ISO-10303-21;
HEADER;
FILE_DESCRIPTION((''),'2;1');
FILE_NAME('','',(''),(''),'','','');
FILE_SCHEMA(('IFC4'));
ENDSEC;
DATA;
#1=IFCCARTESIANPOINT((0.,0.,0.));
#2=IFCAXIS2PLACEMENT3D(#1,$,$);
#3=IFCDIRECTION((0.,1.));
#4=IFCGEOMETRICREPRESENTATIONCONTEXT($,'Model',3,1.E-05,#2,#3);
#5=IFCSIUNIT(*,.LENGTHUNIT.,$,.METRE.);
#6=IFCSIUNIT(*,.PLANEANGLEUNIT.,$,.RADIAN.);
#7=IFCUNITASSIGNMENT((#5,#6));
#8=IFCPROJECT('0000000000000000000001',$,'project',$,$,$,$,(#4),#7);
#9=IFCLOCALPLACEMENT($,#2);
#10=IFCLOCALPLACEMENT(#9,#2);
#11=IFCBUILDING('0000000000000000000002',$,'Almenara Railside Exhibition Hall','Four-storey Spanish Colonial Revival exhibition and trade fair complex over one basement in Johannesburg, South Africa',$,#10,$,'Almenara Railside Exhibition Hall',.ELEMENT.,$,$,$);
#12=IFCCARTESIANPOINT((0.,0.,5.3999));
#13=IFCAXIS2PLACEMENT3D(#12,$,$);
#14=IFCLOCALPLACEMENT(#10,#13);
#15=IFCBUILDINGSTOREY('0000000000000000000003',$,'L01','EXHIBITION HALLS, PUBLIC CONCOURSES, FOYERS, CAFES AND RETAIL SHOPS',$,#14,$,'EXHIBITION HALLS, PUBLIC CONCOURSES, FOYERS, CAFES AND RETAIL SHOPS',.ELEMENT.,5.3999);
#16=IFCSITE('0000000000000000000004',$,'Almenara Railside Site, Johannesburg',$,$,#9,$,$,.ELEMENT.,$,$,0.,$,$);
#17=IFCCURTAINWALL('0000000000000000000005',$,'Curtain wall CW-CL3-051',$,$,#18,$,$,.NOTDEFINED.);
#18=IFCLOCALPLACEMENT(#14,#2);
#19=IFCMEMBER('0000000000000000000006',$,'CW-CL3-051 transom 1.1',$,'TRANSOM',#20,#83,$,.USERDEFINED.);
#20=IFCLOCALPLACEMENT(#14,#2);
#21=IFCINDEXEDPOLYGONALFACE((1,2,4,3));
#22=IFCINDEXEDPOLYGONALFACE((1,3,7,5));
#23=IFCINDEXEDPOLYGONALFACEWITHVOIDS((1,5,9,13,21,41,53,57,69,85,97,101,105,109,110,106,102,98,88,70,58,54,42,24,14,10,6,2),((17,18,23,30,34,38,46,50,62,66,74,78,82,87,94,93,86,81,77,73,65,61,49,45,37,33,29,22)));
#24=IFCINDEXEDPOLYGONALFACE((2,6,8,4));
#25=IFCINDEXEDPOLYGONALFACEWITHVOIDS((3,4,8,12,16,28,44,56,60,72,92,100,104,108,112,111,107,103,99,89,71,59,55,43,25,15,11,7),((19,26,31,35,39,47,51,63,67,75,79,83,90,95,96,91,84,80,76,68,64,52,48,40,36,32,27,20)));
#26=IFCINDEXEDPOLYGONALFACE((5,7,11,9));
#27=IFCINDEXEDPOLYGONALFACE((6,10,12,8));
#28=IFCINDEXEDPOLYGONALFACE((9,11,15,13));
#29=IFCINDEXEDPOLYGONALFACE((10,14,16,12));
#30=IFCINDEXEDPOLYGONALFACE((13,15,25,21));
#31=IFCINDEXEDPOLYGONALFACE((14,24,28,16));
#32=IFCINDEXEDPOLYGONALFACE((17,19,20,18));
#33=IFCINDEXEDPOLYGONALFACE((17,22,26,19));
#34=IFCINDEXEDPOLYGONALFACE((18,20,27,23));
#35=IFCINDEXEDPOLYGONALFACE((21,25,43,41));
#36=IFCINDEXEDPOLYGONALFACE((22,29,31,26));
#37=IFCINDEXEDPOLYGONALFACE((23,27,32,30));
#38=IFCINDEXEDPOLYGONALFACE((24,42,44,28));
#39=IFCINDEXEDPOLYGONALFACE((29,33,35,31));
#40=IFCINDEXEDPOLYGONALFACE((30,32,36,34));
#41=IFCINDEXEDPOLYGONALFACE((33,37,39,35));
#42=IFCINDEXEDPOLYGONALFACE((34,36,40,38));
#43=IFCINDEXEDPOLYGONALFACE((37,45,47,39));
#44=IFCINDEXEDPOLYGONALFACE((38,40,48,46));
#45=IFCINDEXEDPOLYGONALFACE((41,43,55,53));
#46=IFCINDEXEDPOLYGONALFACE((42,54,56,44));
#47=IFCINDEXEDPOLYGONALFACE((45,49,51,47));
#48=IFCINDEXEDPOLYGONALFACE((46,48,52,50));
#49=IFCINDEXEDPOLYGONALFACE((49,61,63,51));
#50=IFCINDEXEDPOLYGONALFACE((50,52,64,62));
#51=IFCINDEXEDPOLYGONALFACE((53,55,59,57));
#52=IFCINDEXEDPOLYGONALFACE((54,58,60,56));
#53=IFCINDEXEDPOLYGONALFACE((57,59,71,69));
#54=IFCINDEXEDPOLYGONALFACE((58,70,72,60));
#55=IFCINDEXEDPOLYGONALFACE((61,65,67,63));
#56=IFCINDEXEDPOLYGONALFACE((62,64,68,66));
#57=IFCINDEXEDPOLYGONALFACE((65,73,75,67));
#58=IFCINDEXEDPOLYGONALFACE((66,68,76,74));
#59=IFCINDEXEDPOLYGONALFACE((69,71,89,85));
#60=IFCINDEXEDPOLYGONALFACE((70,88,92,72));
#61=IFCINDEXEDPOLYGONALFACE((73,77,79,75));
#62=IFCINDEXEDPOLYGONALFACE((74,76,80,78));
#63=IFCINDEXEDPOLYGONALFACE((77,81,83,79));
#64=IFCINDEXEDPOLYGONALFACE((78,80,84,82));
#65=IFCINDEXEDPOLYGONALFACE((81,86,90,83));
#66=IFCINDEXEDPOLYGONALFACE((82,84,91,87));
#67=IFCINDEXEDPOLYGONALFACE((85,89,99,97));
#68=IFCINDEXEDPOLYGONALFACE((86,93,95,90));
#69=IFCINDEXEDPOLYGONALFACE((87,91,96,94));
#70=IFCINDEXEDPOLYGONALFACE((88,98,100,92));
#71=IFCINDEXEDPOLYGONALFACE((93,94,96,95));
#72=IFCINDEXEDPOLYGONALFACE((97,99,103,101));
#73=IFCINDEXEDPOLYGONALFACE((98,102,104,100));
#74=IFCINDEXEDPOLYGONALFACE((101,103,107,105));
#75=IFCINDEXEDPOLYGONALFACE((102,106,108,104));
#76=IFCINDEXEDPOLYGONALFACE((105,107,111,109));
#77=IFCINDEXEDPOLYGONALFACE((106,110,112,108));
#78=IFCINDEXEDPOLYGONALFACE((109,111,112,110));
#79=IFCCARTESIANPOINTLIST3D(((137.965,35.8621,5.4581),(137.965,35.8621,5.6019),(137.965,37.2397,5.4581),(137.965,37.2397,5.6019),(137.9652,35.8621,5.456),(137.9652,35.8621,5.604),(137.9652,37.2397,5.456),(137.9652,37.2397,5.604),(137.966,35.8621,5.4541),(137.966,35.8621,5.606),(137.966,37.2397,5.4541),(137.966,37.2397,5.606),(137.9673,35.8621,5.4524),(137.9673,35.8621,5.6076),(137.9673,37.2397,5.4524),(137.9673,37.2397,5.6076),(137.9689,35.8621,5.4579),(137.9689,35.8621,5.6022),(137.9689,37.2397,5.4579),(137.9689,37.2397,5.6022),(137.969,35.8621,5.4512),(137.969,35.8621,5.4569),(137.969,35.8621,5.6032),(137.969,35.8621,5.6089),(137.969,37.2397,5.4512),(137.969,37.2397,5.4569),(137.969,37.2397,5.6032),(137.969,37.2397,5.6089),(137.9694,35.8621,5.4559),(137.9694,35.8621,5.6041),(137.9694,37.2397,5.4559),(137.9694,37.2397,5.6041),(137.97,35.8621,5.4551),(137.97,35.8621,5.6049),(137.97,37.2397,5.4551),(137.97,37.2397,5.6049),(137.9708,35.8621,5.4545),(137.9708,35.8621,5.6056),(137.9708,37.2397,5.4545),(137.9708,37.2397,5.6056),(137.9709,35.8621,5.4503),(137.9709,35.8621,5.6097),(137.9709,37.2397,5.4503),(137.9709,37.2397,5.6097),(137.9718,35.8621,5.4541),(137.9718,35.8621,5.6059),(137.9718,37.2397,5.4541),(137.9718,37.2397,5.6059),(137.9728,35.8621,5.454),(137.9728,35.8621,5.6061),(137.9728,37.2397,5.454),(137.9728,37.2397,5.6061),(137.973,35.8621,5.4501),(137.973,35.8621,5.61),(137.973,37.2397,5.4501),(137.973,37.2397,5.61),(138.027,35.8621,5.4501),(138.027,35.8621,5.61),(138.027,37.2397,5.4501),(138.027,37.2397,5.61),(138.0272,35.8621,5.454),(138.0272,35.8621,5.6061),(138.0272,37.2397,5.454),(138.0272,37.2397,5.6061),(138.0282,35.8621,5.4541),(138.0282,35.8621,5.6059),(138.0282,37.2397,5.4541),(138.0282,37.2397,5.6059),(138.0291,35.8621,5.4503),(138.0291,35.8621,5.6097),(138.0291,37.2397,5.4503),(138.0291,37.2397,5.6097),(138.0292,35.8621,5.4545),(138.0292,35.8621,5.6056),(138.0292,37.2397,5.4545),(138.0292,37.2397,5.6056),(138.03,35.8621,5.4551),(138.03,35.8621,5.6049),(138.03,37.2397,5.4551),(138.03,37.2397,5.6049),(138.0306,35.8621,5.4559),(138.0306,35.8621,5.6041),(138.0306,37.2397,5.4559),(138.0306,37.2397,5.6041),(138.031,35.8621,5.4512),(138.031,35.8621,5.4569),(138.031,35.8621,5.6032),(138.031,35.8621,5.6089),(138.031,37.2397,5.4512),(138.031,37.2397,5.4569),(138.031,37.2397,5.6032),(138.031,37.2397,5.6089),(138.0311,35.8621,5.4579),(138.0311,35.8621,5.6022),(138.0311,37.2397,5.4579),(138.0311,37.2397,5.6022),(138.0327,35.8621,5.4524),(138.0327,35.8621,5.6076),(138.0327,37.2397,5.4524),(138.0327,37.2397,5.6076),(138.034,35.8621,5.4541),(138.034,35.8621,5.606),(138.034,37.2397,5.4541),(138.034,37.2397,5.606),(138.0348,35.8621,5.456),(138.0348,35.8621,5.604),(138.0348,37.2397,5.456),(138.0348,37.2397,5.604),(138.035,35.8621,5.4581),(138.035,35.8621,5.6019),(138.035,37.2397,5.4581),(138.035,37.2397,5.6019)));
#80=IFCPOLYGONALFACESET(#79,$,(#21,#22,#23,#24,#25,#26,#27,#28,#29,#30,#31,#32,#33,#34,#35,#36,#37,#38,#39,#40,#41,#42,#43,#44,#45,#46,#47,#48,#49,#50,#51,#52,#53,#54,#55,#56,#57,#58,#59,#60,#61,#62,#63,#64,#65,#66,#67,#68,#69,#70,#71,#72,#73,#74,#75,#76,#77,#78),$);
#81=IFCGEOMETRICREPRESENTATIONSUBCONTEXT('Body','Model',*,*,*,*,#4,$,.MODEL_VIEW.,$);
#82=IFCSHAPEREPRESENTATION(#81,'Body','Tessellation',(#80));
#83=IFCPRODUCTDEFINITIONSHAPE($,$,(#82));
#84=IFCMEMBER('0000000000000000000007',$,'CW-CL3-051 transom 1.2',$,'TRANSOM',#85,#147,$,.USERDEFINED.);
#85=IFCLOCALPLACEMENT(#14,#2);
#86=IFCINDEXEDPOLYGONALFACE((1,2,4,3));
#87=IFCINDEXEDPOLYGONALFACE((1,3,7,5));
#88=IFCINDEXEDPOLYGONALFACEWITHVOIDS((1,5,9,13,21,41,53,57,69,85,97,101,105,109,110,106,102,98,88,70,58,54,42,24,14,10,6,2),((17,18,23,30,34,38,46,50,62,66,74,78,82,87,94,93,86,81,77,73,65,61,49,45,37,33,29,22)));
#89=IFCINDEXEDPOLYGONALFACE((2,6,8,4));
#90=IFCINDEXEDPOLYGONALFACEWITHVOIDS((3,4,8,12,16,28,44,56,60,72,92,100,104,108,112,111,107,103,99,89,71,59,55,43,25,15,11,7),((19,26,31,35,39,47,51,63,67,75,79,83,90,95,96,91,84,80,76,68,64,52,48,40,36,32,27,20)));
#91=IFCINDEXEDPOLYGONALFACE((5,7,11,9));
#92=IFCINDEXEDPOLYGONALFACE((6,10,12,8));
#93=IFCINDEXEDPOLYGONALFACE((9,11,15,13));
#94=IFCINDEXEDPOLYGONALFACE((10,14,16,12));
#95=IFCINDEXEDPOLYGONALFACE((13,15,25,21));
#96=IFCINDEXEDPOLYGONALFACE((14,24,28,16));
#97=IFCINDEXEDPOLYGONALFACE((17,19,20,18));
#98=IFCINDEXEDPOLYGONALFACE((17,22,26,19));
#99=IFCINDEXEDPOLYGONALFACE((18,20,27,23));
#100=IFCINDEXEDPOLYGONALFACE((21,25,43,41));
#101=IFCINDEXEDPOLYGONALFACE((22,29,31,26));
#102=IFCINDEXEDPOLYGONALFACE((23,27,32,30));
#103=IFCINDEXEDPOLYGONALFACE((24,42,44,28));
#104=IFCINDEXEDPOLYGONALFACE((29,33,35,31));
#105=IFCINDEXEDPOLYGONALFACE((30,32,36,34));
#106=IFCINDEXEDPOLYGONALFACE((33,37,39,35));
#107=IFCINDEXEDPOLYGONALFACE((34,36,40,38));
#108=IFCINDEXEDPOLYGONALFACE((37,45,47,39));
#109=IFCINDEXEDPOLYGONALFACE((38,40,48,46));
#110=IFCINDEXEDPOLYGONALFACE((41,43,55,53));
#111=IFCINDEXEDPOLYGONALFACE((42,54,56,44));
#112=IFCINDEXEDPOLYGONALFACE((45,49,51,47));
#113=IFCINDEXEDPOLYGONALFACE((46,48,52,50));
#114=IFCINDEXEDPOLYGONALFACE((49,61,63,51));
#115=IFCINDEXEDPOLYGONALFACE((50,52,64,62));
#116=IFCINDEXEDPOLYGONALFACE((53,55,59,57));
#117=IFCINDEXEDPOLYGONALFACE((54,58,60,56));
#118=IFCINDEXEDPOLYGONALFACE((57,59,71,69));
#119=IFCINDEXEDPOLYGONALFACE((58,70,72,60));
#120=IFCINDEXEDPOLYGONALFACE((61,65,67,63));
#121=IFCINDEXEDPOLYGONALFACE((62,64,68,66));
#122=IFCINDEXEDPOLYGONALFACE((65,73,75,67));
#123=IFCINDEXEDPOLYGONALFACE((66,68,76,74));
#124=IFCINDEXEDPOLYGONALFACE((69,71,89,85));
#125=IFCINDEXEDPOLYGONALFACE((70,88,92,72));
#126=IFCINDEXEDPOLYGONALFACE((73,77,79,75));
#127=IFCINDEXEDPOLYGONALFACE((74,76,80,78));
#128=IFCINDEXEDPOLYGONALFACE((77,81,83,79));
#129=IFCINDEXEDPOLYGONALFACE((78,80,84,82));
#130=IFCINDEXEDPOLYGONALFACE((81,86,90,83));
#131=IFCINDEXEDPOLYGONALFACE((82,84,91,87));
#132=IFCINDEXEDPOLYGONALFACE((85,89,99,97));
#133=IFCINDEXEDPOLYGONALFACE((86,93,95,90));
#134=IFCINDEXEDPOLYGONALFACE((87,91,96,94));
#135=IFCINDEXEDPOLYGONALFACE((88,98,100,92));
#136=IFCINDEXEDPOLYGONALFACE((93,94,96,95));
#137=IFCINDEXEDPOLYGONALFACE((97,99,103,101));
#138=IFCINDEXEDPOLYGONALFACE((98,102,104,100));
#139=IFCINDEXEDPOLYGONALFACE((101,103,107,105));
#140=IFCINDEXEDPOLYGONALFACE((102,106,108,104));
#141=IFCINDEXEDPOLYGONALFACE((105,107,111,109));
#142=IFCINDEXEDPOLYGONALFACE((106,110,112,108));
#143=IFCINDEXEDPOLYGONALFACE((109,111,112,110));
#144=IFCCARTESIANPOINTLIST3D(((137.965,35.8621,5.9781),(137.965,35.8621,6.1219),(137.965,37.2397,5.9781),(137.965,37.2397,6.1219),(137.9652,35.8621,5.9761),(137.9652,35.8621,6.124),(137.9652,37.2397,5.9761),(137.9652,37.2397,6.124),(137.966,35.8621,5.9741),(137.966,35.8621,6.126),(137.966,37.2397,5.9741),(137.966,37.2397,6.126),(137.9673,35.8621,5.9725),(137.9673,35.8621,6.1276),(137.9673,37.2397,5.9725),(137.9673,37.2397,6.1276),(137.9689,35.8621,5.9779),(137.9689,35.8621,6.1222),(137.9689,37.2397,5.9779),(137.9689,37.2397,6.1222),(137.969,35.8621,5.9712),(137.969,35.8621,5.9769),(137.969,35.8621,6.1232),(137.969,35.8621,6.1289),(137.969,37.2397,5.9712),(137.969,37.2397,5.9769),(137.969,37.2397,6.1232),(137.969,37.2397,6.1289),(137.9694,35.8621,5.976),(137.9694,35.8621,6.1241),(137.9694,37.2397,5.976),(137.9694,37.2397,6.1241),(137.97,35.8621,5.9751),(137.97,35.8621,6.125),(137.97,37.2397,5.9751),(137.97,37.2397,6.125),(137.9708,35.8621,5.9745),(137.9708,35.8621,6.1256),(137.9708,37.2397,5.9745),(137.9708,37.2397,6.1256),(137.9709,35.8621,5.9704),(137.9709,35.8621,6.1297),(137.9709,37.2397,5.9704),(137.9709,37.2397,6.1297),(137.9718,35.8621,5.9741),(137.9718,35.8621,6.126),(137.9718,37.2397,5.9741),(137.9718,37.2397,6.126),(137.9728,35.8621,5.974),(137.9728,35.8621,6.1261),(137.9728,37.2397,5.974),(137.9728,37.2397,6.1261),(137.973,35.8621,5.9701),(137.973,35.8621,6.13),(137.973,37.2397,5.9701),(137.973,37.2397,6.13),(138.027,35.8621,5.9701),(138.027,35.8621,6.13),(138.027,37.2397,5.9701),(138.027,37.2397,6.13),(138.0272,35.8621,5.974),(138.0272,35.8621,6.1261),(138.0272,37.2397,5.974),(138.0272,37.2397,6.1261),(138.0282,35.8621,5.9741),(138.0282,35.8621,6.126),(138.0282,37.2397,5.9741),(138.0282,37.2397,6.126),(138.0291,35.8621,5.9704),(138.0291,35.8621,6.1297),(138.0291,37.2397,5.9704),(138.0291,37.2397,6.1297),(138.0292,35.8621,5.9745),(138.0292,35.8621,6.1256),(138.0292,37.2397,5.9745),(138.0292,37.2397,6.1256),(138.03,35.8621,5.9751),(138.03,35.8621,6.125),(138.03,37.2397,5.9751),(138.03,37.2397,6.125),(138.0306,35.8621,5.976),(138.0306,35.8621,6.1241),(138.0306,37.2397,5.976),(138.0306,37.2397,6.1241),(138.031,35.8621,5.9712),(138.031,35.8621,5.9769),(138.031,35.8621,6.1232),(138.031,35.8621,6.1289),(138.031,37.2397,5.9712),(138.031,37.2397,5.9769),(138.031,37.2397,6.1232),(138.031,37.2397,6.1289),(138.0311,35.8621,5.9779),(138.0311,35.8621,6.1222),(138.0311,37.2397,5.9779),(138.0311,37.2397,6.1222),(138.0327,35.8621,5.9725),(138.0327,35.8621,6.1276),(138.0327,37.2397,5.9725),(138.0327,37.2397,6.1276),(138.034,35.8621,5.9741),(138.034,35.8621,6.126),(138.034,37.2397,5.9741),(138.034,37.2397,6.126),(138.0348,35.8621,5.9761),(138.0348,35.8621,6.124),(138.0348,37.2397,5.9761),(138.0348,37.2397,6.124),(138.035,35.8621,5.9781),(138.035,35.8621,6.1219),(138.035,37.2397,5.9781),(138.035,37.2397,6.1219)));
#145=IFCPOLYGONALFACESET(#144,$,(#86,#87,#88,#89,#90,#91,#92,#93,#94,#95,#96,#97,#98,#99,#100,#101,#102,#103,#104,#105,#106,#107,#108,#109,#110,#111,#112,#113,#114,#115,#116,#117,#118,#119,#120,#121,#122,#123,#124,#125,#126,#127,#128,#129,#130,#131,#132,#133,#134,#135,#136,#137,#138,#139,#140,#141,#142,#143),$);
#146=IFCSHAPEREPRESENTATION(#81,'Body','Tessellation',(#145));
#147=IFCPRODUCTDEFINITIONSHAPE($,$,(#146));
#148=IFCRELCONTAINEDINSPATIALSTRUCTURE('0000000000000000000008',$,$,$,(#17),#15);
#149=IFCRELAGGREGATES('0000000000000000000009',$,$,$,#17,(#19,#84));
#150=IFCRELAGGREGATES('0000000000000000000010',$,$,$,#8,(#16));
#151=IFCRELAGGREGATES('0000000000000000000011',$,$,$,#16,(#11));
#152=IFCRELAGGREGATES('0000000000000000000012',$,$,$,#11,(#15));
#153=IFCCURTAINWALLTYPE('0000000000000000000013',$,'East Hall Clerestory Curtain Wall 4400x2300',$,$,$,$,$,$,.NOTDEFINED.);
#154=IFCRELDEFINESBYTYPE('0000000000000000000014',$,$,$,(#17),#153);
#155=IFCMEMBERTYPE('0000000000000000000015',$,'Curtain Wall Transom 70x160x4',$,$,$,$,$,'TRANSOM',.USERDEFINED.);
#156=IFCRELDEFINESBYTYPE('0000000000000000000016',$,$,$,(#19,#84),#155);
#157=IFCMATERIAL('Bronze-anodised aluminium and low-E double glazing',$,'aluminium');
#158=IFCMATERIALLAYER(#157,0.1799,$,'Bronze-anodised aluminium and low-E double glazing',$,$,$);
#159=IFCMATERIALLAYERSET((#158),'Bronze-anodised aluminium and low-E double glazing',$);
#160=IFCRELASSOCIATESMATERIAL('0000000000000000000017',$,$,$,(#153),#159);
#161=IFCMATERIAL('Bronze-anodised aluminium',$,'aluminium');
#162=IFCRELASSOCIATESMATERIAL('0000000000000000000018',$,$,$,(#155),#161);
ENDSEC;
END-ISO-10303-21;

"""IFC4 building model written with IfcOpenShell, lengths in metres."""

from ifc_helpers import new_model, si_unit, direction, frame, origin, origin_2d, place, context, subcontext, project, spatial, hollow_rectangle, extrude, material, layer, layer_set, material_profile, profile_set, type_object, element, aggregate, save


model = new_model("IFC4")

# Units and contexts
model_context = context("Model", 3, precision=1e-05, world=origin(), true_north=direction((0.0, 1.0)))
body_context = subcontext(model_context, "Body", "Model", "MODEL_VIEW")
ifc_project = project(units=[si_unit("LENGTHUNIT", "METRE"), si_unit("PLANEANGLEUNIT", "RADIAN")], contexts=[model_context])

# Site, building, storey
site_placement = place(None, origin())
site = spatial("IfcSite", under=ifc_project, at=site_placement, Name="Almenara Railside Site, Johannesburg", CompositionType="ELEMENT", RefElevation=0.0)
building_placement = place(site_placement, origin())
building = spatial("IfcBuilding", under=site, at=building_placement, Name="Almenara Railside Exhibition Hall", Description="Four-storey Spanish Colonial Revival exhibition and trade fair complex over one basement in Johannesburg, South Africa", LongName="Almenara Railside Exhibition Hall", CompositionType="ELEMENT")
storey_placement = place(building_placement, frame((0.0, 0.0, 5.3999)))
storey = spatial("IfcBuildingStorey", under=building, at=storey_placement, Name="L01", Description="EXHIBITION HALLS, PUBLIC CONCOURSES, FOYERS, CAFES AND RETAIL SHOPS", LongName="EXHIBITION HALLS, PUBLIC CONCOURSES, FOYERS, CAFES AND RETAIL SHOPS", CompositionType="ELEMENT", Elevation=5.3999)

# Shared definitions
ifc_material_1 = material(Name="Bronze-anodised aluminium and low-E double glazing", Category="aluminium")
ifc_material_2 = material(Name="Bronze-anodised aluminium", Category="aluminium")

# Curtain wall
ifc_layer_1 = layer(ifc_material_1, 0.1799, Name="Bronze-anodised aluminium and low-E double glazing")
ifc_layer_set_1 = layer_set([ifc_layer_1], Name="Bronze-anodised aluminium and low-E double glazing")
curtain_wall_type_1 = type_object("IfcCurtainWallType", Name="East Hall Clerestory Curtain Wall 4400x2300", PredefinedType="NOTDEFINED", material=ifc_layer_set_1)
curtain_wall_1_placement = place(storey_placement, origin())
curtain_wall_1 = element("IfcCurtainWall", 1, at=curtain_wall_1_placement, inside=storey, type_object=curtain_wall_type_1, Name="Curtain wall CW-CL3-051", PredefinedType="NOTDEFINED")

# Members
ifc_material_profile_1 = material_profile(ifc_material_2, hollow_rectangle(XDim=0.0701, YDim=0.1599, WallThickness=0.0039, InnerFilletRadius=0.0039, OuterFilletRadius=0.0081, at=origin_2d()), Name="ALU-TRN 70x160x4")
ifc_profile_set_1 = profile_set([ifc_material_profile_1], Name="Bronze-anodised aluminium")
member_type_1 = type_object("IfcMemberType", Name="Curtain Wall Transom 70x160x4", ElementType="TRANSOM", PredefinedType="USERDEFINED", material=ifc_profile_set_1)
member_1_placement = place(storey_placement, frame((138.0, 35.8621, 5.53), z_axis=(0.0, 1.0, 0.0), x_axis=(-1.0, 0.0, 0.0)))
member_1 = element("IfcMember", 2, at=member_1_placement, type_object=member_type_1, Name="CW-CL3-051 transom 1.1", ObjectType="TRANSOM", PredefinedType="USERDEFINED", context=body_context, shape_type="SweptSolid", body=[
    extrude(hollow_rectangle(XDim=0.0701, YDim=0.1599, WallThickness=0.0039, InnerFilletRadius=0.0039, OuterFilletRadius=0.0081, at=origin_2d()), origin(), (0.0, 0.0, 1.0), 1.3777),
])
member_2_placement = place(storey_placement, frame((138.0, 35.8621, 6.05), z_axis=(0.0, 1.0, 0.0), x_axis=(-1.0, 0.0, 0.0)))
member_2 = element("IfcMember", 3, at=member_2_placement, type_object=member_type_1, Name="CW-CL3-051 transom 1.2", ObjectType="TRANSOM", PredefinedType="USERDEFINED", context=body_context, shape_type="SweptSolid", body=[
    extrude(hollow_rectangle(XDim=0.0701, YDim=0.1599, WallThickness=0.0039, InnerFilletRadius=0.0039, OuterFilletRadius=0.0081, at=origin_2d()), origin(), (0.0, 0.0, 1.0), 1.3777),
])
aggregate(curtain_wall_1, [member_1, member_2])

save(model, "model.ifc")
